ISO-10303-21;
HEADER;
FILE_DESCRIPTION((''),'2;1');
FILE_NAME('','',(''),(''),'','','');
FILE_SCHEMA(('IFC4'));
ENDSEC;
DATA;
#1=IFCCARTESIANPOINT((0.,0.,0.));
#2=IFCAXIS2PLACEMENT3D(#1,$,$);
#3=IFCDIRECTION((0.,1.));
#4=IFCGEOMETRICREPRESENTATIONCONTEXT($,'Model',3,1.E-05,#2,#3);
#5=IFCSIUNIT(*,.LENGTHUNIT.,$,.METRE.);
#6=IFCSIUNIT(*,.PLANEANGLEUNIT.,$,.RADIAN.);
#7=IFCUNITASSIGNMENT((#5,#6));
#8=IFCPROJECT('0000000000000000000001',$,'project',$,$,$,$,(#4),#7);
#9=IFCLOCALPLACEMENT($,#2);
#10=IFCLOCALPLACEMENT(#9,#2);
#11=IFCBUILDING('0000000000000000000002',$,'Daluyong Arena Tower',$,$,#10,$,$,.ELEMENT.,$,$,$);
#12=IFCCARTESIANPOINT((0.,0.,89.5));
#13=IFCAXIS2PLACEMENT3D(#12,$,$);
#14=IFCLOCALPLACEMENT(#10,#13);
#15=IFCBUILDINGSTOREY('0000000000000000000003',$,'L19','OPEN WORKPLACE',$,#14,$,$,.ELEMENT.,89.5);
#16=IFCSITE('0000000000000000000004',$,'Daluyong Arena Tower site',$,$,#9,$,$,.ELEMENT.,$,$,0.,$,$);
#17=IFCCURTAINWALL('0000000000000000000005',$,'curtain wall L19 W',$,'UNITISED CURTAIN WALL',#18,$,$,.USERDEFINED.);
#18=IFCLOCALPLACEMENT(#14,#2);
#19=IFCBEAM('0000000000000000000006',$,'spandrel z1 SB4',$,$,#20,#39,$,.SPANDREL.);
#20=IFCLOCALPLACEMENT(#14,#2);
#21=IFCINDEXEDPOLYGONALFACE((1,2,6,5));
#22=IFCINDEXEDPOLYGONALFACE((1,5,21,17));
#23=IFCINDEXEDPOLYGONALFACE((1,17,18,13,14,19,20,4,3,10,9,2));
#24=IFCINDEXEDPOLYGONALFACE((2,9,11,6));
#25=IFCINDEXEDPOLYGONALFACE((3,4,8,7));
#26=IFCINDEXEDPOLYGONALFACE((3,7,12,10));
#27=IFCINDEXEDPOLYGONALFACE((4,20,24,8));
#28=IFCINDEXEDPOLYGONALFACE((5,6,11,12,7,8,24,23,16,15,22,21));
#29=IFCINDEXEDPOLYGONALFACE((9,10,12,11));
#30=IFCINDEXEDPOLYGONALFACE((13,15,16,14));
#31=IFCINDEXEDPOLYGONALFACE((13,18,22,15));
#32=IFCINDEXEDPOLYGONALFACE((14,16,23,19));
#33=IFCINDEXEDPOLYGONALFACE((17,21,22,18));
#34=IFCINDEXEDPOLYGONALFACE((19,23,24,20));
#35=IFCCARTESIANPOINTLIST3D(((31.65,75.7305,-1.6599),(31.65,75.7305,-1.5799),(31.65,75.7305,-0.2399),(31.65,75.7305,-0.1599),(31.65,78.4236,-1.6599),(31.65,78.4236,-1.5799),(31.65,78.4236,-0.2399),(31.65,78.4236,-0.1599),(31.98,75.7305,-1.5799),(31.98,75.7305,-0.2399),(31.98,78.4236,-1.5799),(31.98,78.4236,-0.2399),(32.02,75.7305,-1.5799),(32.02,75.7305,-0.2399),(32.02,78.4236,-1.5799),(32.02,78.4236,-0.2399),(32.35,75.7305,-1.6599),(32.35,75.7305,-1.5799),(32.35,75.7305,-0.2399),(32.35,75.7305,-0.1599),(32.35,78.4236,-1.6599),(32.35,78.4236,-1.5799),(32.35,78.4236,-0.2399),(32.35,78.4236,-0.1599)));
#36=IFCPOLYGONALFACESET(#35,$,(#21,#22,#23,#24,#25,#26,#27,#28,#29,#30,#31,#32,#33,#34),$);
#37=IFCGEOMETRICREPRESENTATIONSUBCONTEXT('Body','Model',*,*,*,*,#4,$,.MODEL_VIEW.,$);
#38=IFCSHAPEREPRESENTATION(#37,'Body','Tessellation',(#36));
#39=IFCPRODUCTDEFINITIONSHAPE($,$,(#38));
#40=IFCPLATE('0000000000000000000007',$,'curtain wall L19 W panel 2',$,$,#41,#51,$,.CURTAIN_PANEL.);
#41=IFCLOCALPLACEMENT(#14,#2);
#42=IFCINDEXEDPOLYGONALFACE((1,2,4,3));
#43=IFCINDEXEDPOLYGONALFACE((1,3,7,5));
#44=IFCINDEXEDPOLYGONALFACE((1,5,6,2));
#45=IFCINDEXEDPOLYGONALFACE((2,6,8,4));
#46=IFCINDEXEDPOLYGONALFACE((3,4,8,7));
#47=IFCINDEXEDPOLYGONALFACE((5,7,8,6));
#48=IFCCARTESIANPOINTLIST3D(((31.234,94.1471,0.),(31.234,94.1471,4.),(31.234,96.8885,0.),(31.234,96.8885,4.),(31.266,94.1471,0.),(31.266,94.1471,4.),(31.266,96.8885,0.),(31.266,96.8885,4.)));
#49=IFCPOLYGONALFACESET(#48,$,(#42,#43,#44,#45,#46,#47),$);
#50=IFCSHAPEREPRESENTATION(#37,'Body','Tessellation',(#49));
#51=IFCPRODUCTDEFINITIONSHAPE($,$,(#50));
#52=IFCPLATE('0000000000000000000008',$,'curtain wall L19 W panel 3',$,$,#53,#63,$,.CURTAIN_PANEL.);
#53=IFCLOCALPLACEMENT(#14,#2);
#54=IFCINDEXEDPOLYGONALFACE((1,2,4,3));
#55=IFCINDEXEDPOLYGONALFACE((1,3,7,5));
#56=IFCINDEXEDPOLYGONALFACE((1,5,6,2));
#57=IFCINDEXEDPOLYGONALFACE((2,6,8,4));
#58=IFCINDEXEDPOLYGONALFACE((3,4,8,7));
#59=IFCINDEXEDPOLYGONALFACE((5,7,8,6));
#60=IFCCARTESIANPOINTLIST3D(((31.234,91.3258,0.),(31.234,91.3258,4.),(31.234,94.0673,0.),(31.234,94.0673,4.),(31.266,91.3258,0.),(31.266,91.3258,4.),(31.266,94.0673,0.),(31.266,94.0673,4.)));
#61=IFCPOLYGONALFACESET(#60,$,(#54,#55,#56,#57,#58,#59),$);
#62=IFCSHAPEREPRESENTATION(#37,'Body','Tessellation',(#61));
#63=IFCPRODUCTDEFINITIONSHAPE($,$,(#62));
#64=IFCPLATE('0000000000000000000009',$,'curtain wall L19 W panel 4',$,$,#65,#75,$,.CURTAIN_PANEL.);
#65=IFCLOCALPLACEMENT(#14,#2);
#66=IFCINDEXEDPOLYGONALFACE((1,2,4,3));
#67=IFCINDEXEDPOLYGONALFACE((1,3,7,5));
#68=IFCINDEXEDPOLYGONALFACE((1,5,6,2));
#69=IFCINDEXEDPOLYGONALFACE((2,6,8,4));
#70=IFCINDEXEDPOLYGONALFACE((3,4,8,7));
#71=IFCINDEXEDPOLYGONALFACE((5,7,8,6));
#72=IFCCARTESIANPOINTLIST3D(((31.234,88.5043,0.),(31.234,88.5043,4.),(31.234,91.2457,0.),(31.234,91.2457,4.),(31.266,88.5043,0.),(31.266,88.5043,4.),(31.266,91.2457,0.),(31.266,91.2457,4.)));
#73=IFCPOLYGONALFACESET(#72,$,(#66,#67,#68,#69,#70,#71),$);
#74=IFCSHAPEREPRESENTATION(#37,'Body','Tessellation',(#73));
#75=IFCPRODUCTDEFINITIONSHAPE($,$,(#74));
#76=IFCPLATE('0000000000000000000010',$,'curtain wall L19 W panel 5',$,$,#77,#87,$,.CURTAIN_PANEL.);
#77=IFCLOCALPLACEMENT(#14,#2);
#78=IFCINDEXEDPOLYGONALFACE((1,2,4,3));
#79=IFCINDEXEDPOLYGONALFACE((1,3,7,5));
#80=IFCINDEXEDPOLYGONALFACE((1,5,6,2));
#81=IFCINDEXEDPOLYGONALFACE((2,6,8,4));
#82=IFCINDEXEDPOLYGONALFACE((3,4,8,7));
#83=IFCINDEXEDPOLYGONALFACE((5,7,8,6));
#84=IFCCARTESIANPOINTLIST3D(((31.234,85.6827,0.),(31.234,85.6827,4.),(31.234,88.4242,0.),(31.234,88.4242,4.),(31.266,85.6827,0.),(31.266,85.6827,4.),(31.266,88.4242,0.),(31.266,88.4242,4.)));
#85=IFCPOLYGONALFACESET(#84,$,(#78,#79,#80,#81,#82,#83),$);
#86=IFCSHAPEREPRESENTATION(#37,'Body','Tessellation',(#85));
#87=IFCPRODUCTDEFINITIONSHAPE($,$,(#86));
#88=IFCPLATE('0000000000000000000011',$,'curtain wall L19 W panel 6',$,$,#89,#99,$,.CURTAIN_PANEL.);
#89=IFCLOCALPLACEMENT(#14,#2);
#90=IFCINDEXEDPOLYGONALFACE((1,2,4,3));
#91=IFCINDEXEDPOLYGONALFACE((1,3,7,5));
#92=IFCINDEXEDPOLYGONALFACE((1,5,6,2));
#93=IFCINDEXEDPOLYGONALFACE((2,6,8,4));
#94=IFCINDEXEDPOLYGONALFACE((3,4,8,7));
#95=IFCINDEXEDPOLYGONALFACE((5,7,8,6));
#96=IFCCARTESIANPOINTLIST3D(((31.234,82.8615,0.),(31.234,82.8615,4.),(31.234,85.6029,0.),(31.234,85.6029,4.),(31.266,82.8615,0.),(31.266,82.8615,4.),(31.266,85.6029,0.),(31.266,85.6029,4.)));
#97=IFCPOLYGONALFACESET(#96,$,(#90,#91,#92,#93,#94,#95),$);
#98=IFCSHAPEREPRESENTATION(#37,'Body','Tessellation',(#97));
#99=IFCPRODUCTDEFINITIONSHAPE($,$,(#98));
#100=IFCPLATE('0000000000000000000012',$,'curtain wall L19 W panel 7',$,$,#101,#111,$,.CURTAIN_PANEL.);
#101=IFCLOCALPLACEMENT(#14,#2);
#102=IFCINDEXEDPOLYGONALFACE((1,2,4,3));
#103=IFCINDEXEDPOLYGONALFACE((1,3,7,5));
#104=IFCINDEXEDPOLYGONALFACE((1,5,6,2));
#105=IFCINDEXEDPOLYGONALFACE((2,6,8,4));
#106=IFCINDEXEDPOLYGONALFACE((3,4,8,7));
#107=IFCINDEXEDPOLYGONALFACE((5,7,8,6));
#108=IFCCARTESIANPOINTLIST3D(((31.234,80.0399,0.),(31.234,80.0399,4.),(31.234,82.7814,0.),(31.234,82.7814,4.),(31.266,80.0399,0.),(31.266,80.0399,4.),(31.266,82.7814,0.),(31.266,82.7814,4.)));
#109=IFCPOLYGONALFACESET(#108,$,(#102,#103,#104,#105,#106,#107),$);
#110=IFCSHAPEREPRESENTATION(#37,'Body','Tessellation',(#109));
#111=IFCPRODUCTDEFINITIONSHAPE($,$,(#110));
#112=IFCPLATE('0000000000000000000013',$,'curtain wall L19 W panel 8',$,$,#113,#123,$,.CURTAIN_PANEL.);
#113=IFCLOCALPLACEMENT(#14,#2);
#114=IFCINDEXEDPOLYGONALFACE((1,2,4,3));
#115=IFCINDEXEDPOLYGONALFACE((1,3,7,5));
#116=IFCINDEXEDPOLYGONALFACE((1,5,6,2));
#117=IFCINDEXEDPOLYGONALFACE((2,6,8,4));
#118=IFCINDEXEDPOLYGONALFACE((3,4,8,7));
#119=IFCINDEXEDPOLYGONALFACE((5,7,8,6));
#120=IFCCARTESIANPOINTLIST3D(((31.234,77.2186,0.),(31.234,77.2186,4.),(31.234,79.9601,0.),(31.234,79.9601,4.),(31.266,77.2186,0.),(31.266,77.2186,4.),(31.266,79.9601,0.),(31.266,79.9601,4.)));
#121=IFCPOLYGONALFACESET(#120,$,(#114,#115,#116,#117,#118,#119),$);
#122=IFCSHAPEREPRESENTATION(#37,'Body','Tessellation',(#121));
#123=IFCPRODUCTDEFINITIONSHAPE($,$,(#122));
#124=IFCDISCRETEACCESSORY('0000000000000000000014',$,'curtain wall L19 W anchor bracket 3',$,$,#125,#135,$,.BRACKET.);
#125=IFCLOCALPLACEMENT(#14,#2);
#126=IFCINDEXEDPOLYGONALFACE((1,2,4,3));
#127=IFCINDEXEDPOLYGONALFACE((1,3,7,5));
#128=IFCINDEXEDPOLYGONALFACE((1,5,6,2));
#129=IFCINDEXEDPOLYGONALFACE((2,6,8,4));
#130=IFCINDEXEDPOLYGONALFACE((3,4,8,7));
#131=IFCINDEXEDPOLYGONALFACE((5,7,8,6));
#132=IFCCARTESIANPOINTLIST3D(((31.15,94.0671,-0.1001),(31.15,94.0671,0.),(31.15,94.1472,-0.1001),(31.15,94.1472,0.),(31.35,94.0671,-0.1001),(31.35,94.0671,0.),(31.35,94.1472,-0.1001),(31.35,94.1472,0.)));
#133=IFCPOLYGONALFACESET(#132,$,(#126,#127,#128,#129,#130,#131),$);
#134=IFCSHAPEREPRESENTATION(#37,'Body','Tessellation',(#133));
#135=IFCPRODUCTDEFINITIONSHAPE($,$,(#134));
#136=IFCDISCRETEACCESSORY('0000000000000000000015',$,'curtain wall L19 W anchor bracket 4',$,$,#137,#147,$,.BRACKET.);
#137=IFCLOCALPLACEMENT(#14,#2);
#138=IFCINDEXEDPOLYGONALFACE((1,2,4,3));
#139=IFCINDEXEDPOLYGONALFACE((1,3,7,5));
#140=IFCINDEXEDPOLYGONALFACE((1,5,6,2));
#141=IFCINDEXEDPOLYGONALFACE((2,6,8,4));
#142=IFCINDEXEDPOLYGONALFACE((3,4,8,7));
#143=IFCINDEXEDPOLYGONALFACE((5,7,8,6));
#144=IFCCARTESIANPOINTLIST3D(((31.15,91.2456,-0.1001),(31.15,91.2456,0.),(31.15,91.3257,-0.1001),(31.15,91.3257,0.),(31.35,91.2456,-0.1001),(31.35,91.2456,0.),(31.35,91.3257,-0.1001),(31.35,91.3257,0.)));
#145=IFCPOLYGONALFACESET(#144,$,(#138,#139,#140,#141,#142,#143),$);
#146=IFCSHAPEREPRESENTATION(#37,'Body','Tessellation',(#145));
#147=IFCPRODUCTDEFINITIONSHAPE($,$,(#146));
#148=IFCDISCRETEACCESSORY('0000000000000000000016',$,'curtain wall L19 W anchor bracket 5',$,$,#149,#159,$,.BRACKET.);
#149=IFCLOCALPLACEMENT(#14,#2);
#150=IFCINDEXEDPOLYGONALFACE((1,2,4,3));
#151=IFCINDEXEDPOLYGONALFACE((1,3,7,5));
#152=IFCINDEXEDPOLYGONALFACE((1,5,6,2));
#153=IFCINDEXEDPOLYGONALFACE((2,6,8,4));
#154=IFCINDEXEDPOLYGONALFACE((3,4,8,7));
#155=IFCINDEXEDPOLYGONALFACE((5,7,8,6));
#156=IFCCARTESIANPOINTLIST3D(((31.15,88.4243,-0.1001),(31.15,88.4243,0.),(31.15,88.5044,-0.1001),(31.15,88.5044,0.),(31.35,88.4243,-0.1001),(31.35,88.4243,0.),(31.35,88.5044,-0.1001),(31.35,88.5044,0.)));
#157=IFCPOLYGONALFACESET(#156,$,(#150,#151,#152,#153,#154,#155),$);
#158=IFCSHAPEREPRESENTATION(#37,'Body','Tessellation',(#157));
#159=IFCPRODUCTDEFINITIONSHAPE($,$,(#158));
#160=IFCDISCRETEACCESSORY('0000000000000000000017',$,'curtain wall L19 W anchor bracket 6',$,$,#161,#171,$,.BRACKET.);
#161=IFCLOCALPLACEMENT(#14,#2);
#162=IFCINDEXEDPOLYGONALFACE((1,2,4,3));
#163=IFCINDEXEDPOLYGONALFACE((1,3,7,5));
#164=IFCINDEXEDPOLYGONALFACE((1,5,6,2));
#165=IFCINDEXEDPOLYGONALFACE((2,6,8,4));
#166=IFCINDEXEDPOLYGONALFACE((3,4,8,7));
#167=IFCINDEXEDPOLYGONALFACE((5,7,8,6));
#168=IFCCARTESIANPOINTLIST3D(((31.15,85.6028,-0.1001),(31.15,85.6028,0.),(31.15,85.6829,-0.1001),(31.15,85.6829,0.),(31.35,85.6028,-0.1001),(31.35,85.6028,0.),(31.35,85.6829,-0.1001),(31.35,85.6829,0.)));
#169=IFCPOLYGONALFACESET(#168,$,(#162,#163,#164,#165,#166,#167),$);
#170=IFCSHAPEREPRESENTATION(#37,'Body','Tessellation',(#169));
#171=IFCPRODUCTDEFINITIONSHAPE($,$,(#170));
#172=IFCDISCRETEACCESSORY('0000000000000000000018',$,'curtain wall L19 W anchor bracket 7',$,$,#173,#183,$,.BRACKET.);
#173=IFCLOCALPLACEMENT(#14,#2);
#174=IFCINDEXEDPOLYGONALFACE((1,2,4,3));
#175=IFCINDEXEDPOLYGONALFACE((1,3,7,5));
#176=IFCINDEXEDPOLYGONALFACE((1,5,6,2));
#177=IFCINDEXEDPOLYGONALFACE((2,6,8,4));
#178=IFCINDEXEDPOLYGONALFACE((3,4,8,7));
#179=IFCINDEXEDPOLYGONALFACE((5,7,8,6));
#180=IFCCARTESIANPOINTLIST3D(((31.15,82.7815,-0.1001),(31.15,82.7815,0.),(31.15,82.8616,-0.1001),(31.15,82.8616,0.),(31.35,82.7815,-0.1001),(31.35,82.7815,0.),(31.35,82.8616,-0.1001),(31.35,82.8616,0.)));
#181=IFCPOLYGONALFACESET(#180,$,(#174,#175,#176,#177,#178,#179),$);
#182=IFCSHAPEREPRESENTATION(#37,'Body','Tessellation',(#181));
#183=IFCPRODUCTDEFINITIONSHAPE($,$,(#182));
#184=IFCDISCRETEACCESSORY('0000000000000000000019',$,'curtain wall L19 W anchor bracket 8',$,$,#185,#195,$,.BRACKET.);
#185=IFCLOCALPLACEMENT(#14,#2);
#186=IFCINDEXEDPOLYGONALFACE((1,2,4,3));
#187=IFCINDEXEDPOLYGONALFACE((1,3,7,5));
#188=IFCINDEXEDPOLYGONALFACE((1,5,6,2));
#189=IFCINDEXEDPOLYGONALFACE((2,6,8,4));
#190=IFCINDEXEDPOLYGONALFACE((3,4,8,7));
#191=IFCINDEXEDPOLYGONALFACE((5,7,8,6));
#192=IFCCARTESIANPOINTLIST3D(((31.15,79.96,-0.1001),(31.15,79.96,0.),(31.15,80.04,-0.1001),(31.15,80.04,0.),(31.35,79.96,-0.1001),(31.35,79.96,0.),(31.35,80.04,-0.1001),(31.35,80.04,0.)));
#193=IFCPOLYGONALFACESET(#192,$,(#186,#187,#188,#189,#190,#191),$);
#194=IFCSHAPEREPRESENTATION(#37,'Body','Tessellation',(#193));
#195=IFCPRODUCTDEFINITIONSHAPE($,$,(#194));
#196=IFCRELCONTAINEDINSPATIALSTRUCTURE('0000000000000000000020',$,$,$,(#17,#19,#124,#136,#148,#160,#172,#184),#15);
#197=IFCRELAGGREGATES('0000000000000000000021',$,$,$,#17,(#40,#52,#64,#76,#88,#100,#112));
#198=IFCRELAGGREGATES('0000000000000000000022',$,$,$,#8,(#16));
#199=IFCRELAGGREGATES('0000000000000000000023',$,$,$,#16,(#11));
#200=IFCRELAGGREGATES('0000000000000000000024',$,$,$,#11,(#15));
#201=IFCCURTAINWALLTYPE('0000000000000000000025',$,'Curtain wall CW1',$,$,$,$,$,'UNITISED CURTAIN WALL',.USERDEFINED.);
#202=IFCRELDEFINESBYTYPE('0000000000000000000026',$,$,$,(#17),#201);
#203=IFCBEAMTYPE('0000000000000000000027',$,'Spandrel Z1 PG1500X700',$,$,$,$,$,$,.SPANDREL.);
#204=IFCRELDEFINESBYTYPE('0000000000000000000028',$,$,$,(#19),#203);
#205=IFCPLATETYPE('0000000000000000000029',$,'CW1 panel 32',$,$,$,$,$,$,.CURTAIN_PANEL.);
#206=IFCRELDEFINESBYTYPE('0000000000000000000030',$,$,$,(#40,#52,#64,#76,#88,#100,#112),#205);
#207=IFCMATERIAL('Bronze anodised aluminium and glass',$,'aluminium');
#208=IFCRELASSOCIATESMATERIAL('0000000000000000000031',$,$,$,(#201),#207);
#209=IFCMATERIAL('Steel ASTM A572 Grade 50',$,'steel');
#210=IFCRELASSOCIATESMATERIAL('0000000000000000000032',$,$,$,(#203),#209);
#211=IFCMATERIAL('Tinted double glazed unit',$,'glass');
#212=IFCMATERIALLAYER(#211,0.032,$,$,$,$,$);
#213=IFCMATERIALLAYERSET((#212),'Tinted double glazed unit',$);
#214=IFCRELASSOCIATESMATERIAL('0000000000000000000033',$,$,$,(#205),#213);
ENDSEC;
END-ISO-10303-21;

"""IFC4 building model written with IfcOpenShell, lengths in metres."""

from ifc_helpers import new_model, si_unit, direction, frame, origin, origin_2d, place, context, subcontext, project, spatial, rectangle, i_section, extrude, material, layer, layer_set, material_profile, profile_set, type_object, element, aggregate, save


model = new_model("IFC4")

# Units and contexts
model_context = context("Model", 3, precision=1e-05, world=origin(), true_north=direction((0.0, 1.0)))
body_context = subcontext(model_context, "Body", "Model", "MODEL_VIEW")
ifc_project = project(units=[si_unit("LENGTHUNIT", "METRE"), si_unit("PLANEANGLEUNIT", "RADIAN")], contexts=[model_context])

# Site, building, storey
site_placement = place(None, origin())
site = spatial("IfcSite", under=ifc_project, at=site_placement, Name="Daluyong Arena Tower site", CompositionType="ELEMENT", RefElevation=0.0)
building_placement = place(site_placement, origin())
building = spatial("IfcBuilding", under=site, at=building_placement, Name="Daluyong Arena Tower", CompositionType="ELEMENT")
storey_placement = place(building_placement, frame((0.0, 0.0, 89.5)))
storey = spatial("IfcBuildingStorey", under=building, at=storey_placement, Name="L19", Description="OPEN WORKPLACE", CompositionType="ELEMENT", Elevation=89.5)

# Curtain wall
ifc_material_1 = material(Name="Bronze anodised aluminium and glass", Category="aluminium")
curtain_wall_type = type_object("IfcCurtainWallType", Name="Curtain wall CW1", ElementType="UNITISED CURTAIN WALL", PredefinedType="USERDEFINED", material=ifc_material_1)
curtain_wall_placement = place(storey_placement, origin())
curtain_wall = element("IfcCurtainWall", 1, at=curtain_wall_placement, inside=storey, type_object=curtain_wall_type, Name="curtain wall L19 W", ObjectType="UNITISED CURTAIN WALL", PredefinedType="USERDEFINED")

# Beam
ifc_material_2 = material(Name="Steel ASTM A572 Grade 50", Category="steel")
ifc_material_profile_1 = material_profile(ifc_material_2, i_section(OverallWidth=0.7, OverallDepth=1.5, WebThickness=0.04, FlangeThickness=0.08, at=origin_2d()))
ifc_profile_set_1 = profile_set([ifc_material_profile_1], Name="Steel ASTM A572 Grade 50")
beam_type = type_object("IfcBeamType", Name="Spandrel Z1 PG1500X700", PredefinedType="SPANDREL", material=ifc_profile_set_1)
beam_1_placement = place(storey_placement, frame((32.0, 78.4236, -0.9099), z_axis=(0.0, -1.0, 0.0), x_axis=(1.0, 0.0, 0.0)))
element("IfcBeam", 2, at=beam_1_placement, inside=storey, type_object=beam_type, Name="spandrel z1 SB4", PredefinedType="SPANDREL", context=body_context, shape_type="SweptSolid", body=[
    extrude(i_section(OverallWidth=0.7, OverallDepth=1.5, WebThickness=0.04, FlangeThickness=0.08, at=origin_2d()), origin(), (0.0, 0.0, 1.0), 2.6931),
])

# Plates
ifc_material_3 = material(Name="Tinted double glazed unit", Category="glass")
ifc_layer = layer(ifc_material_3, 0.032)
ifc_layer_set = layer_set([ifc_layer], Name="Tinted double glazed unit")
plate_type = type_object("IfcPlateType", Name="CW1 panel 32", PredefinedType="CURTAIN_PANEL", material=ifc_layer_set)
plate_1_placement = place(storey_placement, frame((31.25, 95.5178, 0.0), z_axis=(0.0, 0.0, 1.0), x_axis=(0.0, -1.0, 0.0)))
plate_1 = element("IfcPlate", 3, at=plate_1_placement, type_object=plate_type, Name="curtain wall L19 W panel 2", PredefinedType="CURTAIN_PANEL", context=body_context, shape_type="SweptSolid", body=[
    extrude(rectangle(XDim=2.7415, YDim=0.032, at=origin_2d()), origin(), (0.0, 0.0, 1.0), 4.0),
])
plate_2_placement = place(storey_placement, frame((31.25, 92.6965, 0.0), z_axis=(0.0, 0.0, 1.0), x_axis=(0.0, -1.0, 0.0)))
plate_2 = element("IfcPlate", 4, at=plate_2_placement, type_object=plate_type, Name="curtain wall L19 W panel 3", PredefinedType="CURTAIN_PANEL", context=body_context, shape_type="SweptSolid", body=[
    extrude(rectangle(XDim=2.7415, YDim=0.032, at=origin_2d()), origin(), (0.0, 0.0, 1.0), 4.0),
])
plate_3_placement = place(storey_placement, frame((31.25, 89.875, 0.0), z_axis=(0.0, 0.0, 1.0), x_axis=(0.0, -1.0, 0.0)))
plate_3 = element("IfcPlate", 5, at=plate_3_placement, type_object=plate_type, Name="curtain wall L19 W panel 4", PredefinedType="CURTAIN_PANEL", context=body_context, shape_type="SweptSolid", body=[
    extrude(rectangle(XDim=2.7415, YDim=0.032, at=origin_2d()), origin(), (0.0, 0.0, 1.0), 4.0),
])
plate_4_placement = place(storey_placement, frame((31.25, 87.0535, 0.0), z_axis=(0.0, 0.0, 1.0), x_axis=(0.0, -1.0, 0.0)))
plate_4 = element("IfcPlate", 6, at=plate_4_placement, type_object=plate_type, Name="curtain wall L19 W panel 5", PredefinedType="CURTAIN_PANEL", context=body_context, shape_type="SweptSolid", body=[
    extrude(rectangle(XDim=2.7415, YDim=0.032, at=origin_2d()), origin(), (0.0, 0.0, 1.0), 4.0),
])
plate_5_placement = place(storey_placement, frame((31.25, 84.2322, 0.0), z_axis=(0.0, 0.0, 1.0), x_axis=(0.0, -1.0, 0.0)))
plate_5 = element("IfcPlate", 7, at=plate_5_placement, type_object=plate_type, Name="curtain wall L19 W panel 6", PredefinedType="CURTAIN_PANEL", context=body_context, shape_type="SweptSolid", body=[
    extrude(rectangle(XDim=2.7415, YDim=0.032, at=origin_2d()), origin(), (0.0, 0.0, 1.0), 4.0),
])
plate_6_placement = place(storey_placement, frame((31.25, 81.4106, 0.0), z_axis=(0.0, 0.0, 1.0), x_axis=(0.0, -1.0, 0.0)))
plate_6 = element("IfcPlate", 8, at=plate_6_placement, type_object=plate_type, Name="curtain wall L19 W panel 7", PredefinedType="CURTAIN_PANEL", context=body_context, shape_type="SweptSolid", body=[
    extrude(rectangle(XDim=2.7415, YDim=0.032, at=origin_2d()), origin(), (0.0, 0.0, 1.0), 4.0),
])
plate_7_placement = place(storey_placement, frame((31.25, 78.5894, 0.0), z_axis=(0.0, 0.0, 1.0), x_axis=(0.0, -1.0, 0.0)))
plate_7 = element("IfcPlate", 9, at=plate_7_placement, type_object=plate_type, Name="curtain wall L19 W panel 8", PredefinedType="CURTAIN_PANEL", context=body_context, shape_type="SweptSolid", body=[
    extrude(rectangle(XDim=2.7415, YDim=0.032, at=origin_2d()), origin(), (0.0, 0.0, 1.0), 4.0),
])
aggregate(curtain_wall, [plate_1, plate_2, plate_3, plate_4, plate_5, plate_6, plate_7])

# Discrete accessories
for number, where, z_axis, x_axis, name in (
    (10, (31.25, 94.1072, -0.1001), (0.0, 0.0, 1.0), (0.0, -1.0, 0.0), "curtain wall L19 W anchor bracket 3"),
    (11, (31.25, 91.2856, -0.1001), (0.0, 0.0, 1.0), (0.0, -1.0, 0.0), "curtain wall L19 W anchor bracket 4"),
    (12, (31.25, 88.4644, -0.1001), (0.0, 0.0, 1.0), (0.0, -1.0, 0.0), "curtain wall L19 W anchor bracket 5"),
    (13, (31.25, 85.6428, -0.1001), (0.0, 0.0, 1.0), (0.0, -1.0, 0.0), "curtain wall L19 W anchor bracket 6"),
    (14, (31.25, 82.8215, -0.1001), (0.0, 0.0, 1.0), (0.0, -1.0, 0.0), "curtain wall L19 W anchor bracket 7"),
    (15, (31.25, 80.0, -0.1001), (0.0, 0.0, 1.0), (0.0, -1.0, 0.0), "curtain wall L19 W anchor bracket 8"),
):
    element("IfcDiscreteAccessory", number, at=place(storey_placement, frame(where, z_axis=z_axis, x_axis=x_axis)), inside=storey, Name=name, PredefinedType="BRACKET", context=body_context, shape_type="SweptSolid", body=[
        extrude(rectangle(XDim=0.0801, YDim=0.2, at=origin_2d()), origin(), (0.0, 0.0, 1.0), 0.1001),
    ])

save(model, "model.ifc")
